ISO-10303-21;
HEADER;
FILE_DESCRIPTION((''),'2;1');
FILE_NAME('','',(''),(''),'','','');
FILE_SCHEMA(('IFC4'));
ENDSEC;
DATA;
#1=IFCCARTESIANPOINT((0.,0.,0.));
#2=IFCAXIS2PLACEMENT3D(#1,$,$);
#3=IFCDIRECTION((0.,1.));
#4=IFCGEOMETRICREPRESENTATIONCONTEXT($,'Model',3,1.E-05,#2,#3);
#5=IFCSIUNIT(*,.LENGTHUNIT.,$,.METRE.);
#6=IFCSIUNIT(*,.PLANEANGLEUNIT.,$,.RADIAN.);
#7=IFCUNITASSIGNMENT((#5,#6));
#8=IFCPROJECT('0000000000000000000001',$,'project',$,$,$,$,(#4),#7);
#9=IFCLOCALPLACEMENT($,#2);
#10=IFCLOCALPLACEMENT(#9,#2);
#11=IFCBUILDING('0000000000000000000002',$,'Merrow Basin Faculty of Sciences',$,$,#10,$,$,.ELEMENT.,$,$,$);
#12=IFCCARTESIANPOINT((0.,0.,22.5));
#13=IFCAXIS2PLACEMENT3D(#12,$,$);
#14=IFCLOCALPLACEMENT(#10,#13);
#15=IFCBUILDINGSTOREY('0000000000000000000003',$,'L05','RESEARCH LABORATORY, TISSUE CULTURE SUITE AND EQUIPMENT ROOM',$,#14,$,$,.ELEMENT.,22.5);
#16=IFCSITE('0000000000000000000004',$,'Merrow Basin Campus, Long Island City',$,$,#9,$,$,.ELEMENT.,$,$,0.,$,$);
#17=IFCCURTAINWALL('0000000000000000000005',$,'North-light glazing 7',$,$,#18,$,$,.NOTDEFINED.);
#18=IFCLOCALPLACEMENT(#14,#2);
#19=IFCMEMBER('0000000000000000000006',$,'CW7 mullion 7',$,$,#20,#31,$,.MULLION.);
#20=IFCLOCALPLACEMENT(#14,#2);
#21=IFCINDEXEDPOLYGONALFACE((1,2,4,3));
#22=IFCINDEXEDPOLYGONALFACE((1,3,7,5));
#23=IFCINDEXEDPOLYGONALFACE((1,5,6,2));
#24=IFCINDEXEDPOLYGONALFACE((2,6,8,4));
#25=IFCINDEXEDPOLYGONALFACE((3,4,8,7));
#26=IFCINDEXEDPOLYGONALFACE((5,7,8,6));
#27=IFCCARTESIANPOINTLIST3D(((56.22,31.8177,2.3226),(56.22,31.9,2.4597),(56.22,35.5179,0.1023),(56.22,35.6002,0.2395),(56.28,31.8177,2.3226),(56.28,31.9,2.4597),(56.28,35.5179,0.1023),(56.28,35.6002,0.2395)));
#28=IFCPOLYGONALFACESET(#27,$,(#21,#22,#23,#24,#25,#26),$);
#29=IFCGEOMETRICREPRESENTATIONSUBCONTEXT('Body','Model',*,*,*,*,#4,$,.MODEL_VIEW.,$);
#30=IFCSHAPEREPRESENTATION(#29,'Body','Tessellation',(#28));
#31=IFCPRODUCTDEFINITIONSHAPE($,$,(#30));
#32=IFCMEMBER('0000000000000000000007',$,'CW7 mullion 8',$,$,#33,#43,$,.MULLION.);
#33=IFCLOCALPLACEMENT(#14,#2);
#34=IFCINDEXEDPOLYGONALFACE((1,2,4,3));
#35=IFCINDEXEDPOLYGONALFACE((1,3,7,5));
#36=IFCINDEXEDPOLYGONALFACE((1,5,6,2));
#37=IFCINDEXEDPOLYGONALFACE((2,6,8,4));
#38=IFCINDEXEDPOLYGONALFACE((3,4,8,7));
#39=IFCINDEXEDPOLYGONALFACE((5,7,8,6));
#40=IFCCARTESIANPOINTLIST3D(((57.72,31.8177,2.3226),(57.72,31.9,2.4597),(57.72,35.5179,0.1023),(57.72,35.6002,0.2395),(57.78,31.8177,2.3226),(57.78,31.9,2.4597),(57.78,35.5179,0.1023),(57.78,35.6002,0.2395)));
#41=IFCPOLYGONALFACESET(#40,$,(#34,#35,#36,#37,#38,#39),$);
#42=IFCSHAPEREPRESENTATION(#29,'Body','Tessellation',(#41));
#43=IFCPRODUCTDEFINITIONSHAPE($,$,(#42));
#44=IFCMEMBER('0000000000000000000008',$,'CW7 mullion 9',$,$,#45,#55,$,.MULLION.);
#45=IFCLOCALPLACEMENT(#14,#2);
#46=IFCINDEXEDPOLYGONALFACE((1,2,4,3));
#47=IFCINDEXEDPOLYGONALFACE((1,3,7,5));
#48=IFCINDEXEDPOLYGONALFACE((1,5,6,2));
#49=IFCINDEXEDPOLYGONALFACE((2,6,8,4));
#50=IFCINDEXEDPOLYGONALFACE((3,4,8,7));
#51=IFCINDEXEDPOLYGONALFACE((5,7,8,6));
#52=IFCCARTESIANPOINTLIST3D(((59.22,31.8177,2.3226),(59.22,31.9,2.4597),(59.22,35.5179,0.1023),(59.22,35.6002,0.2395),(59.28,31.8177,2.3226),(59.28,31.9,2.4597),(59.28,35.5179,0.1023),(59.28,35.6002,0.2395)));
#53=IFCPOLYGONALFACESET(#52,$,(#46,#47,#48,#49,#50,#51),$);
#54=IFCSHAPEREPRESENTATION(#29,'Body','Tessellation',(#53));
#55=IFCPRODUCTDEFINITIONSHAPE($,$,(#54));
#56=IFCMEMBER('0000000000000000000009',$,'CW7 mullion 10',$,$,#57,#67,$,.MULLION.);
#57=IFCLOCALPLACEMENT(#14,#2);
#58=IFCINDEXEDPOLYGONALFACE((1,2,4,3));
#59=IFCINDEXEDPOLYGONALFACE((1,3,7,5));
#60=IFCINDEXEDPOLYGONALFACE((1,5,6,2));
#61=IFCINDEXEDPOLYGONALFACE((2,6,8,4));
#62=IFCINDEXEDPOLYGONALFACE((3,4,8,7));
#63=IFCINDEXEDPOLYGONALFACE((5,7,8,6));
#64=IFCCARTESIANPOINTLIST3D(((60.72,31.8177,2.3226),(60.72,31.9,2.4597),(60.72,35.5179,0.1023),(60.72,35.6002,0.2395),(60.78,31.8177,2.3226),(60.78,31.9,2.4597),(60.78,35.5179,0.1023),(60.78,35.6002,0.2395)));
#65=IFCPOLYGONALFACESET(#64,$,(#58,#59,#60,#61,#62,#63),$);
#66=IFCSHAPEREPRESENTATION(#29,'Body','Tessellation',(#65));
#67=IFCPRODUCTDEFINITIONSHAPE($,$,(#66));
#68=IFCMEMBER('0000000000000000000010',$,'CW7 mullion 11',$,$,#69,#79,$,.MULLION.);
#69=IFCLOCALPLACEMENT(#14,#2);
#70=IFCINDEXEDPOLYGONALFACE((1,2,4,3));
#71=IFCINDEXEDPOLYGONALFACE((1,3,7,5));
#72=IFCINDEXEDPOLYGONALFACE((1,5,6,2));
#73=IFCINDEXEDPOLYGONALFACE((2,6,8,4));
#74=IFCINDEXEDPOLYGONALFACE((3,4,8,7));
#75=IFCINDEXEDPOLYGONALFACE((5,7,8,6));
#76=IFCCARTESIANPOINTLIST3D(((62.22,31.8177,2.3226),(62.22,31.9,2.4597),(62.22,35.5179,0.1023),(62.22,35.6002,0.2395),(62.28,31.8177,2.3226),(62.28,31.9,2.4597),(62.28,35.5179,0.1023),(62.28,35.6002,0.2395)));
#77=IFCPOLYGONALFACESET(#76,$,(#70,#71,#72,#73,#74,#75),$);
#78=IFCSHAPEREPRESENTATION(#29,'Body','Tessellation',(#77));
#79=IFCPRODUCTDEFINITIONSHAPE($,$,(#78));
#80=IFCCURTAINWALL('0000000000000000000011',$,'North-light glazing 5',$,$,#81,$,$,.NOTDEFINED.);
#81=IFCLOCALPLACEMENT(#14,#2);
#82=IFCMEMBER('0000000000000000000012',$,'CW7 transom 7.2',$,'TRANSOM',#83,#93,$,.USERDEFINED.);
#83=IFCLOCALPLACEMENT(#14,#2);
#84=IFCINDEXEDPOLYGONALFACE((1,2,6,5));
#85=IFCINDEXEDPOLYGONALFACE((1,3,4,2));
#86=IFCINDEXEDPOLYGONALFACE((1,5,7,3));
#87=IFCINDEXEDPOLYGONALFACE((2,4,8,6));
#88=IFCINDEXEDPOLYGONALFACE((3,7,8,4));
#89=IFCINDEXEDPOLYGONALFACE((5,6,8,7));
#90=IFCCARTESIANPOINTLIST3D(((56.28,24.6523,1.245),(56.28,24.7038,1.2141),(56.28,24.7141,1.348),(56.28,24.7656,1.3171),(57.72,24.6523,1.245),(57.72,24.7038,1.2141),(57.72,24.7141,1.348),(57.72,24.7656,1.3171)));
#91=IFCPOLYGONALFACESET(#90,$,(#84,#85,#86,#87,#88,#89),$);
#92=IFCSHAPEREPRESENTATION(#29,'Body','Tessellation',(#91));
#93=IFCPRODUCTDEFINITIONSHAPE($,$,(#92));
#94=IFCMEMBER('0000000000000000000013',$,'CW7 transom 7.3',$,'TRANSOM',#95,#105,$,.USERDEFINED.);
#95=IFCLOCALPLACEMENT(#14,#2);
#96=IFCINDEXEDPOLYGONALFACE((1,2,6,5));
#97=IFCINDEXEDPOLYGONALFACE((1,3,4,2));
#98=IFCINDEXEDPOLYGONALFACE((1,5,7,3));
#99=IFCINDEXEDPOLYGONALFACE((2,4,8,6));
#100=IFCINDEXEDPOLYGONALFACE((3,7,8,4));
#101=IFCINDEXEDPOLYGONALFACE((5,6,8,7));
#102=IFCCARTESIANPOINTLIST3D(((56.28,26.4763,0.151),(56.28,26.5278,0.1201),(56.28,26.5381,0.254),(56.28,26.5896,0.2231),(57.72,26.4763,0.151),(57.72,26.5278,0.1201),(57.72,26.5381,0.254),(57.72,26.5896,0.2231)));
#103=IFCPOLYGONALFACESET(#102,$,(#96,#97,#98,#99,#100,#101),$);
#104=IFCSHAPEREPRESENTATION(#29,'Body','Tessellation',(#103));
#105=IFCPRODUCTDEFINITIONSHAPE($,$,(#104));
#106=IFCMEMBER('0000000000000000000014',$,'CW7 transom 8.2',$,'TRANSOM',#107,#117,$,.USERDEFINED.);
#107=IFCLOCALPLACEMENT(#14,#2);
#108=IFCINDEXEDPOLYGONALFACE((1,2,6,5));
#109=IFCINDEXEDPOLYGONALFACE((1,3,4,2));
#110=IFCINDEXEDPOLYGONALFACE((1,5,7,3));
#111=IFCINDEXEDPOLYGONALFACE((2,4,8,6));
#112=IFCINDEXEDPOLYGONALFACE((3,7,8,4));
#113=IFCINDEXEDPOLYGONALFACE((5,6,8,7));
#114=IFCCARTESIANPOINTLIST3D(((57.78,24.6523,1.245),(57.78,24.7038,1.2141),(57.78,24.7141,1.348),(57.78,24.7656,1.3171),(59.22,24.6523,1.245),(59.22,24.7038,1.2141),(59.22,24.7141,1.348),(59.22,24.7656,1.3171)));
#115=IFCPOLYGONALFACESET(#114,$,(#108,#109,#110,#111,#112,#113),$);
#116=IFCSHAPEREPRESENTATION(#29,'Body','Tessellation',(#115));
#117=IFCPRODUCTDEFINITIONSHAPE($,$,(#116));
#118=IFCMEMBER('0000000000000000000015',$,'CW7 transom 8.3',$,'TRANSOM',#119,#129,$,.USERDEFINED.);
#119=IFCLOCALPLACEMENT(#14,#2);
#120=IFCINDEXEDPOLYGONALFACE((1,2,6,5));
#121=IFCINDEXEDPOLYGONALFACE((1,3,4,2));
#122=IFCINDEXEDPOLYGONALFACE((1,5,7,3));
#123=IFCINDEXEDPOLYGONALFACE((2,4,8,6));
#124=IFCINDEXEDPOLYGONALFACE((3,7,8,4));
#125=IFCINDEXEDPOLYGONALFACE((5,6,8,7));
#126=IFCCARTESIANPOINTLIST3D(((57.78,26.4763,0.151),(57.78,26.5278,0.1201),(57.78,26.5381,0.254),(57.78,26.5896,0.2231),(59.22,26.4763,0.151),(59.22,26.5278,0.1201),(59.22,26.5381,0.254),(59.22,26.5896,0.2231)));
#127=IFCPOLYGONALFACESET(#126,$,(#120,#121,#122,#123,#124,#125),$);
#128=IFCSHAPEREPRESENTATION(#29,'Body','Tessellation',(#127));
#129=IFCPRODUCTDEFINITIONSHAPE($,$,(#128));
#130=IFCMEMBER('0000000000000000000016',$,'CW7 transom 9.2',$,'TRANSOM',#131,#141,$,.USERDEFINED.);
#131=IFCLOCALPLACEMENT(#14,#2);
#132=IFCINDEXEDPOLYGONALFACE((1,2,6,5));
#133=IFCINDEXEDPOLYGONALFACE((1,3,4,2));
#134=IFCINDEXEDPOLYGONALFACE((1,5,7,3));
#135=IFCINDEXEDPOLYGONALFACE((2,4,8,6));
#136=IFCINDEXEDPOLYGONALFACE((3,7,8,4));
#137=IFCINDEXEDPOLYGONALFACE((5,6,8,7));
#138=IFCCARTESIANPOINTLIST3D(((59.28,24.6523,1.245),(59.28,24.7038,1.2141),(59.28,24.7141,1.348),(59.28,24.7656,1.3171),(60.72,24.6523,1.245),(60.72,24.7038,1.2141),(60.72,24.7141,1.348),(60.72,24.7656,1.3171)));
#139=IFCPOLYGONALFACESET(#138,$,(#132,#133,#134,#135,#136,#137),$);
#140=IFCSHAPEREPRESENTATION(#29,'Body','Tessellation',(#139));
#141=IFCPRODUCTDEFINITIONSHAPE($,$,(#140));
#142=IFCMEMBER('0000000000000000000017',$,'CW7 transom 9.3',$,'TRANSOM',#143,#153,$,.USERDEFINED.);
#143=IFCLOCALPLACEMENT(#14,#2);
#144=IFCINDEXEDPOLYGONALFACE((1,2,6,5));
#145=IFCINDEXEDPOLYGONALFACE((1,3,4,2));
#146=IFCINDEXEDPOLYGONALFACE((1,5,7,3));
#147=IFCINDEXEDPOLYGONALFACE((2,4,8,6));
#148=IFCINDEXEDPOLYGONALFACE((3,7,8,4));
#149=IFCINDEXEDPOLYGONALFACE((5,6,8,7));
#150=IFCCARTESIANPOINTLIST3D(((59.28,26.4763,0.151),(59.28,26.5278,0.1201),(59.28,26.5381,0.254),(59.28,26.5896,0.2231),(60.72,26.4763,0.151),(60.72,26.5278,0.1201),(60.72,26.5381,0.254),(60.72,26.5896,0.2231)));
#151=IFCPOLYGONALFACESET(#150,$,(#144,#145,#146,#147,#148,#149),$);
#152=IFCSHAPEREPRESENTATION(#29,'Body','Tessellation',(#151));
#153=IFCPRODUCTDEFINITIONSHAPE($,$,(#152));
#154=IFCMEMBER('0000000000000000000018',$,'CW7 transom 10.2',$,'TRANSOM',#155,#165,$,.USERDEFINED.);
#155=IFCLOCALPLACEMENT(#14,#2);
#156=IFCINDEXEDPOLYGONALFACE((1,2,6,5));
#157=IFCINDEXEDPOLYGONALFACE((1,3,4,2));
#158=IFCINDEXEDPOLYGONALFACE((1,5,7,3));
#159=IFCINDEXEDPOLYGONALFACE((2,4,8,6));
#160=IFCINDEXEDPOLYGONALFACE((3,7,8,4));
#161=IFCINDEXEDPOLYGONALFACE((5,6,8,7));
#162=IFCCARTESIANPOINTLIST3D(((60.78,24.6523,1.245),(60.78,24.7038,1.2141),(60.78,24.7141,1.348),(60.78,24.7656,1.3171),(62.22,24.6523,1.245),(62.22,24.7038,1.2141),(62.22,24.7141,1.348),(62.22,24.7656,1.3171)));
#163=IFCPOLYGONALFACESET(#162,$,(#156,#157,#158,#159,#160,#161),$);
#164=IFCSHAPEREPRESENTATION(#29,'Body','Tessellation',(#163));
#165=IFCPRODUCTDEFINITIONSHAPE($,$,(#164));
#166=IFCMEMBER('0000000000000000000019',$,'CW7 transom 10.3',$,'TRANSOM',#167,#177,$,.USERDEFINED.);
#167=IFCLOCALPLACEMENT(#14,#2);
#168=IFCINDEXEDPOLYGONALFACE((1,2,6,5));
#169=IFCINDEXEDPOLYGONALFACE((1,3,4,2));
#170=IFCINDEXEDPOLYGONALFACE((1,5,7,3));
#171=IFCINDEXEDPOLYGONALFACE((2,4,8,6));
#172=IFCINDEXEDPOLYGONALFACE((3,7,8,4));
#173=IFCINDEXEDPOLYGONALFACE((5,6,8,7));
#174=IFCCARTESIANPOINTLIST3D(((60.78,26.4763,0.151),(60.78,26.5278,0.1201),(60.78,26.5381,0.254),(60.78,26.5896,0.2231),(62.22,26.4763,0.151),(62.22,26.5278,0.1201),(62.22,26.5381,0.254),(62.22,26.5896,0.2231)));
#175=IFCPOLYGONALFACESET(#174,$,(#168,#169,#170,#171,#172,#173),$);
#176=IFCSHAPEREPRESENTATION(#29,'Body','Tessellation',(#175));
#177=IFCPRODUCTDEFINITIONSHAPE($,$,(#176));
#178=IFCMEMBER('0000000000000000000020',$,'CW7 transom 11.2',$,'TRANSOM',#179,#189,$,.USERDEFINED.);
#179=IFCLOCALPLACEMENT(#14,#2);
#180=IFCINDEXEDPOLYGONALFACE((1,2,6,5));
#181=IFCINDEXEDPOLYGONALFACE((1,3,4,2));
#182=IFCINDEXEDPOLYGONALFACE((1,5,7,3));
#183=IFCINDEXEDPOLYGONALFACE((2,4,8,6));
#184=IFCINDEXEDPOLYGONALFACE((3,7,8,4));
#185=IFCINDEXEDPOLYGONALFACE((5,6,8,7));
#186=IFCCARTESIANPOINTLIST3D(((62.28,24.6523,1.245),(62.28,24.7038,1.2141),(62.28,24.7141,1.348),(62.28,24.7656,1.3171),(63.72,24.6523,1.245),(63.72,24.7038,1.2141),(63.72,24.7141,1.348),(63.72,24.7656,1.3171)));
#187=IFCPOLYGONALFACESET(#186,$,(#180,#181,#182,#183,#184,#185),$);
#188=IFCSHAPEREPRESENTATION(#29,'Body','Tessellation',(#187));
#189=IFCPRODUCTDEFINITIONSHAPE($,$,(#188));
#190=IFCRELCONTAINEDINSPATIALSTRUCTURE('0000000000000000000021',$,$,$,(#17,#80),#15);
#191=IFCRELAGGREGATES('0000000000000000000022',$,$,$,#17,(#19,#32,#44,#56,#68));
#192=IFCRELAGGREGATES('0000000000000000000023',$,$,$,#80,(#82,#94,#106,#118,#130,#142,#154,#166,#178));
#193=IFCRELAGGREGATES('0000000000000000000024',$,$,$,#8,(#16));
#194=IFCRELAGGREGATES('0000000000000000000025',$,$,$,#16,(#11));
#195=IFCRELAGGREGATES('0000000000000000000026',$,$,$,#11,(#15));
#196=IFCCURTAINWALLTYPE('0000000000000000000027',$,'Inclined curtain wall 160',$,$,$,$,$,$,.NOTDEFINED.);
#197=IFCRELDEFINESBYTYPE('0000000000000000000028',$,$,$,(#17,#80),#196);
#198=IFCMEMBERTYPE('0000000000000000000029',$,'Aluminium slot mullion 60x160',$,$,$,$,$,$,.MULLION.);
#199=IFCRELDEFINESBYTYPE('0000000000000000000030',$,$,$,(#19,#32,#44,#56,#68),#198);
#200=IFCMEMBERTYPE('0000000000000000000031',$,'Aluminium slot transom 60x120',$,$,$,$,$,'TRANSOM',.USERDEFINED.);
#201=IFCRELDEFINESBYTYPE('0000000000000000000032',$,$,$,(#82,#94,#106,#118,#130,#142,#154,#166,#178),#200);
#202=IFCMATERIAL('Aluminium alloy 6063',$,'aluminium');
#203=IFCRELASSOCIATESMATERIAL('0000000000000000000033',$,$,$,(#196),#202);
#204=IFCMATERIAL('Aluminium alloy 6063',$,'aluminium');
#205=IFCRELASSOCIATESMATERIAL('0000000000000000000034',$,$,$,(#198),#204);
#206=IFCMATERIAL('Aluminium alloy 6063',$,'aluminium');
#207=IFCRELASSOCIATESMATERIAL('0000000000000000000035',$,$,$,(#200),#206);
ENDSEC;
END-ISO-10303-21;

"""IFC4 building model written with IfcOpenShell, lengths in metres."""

from ifc_helpers import new_model, si_unit, direction, frame, origin, origin_2d, place, context, subcontext, project, spatial, rectangle, extrude, material, material_profile, profile_set, type_object, element, aggregate, save


model = new_model("IFC4")

# Units and contexts
model_context = context("Model", 3, precision=1e-05, world=origin(), true_north=direction((0.0, 1.0)))
body_context = subcontext(model_context, "Body", "Model", "MODEL_VIEW")
ifc_project = project(units=[si_unit("LENGTHUNIT", "METRE"), si_unit("PLANEANGLEUNIT", "RADIAN")], contexts=[model_context])

# Site, building, storey
site_placement = place(None, origin())
site = spatial("IfcSite", under=ifc_project, at=site_placement, Name="Merrow Basin Campus, Long Island City", CompositionType="ELEMENT", RefElevation=0.0)
building_placement = place(site_placement, origin())
building = spatial("IfcBuilding", under=site, at=building_placement, Name="Merrow Basin Faculty of Sciences", CompositionType="ELEMENT")
storey_placement = place(building_placement, frame((0.0, 0.0, 22.5)))
storey = spatial("IfcBuildingStorey", under=building, at=storey_placement, Name="L05", Description="RESEARCH LABORATORY, TISSUE CULTURE SUITE AND EQUIPMENT ROOM", CompositionType="ELEMENT", Elevation=22.5)

# Curtain wall, members
ifc_material_1 = material(Name="Aluminium alloy 6063", Category="aluminium")
curtain_wall_type = type_object("IfcCurtainWallType", Name="Inclined curtain wall 160", PredefinedType="NOTDEFINED", material=ifc_material_1)
curtain_wall_1_placement = place(storey_placement, origin())
curtain_wall_1 = element("IfcCurtainWall", 1, at=curtain_wall_1_placement, inside=storey, type_object=curtain_wall_type, Name="North-light glazing 7", PredefinedType="NOTDEFINED")
ifc_material_2 = material(Name="Aluminium alloy 6063", Category="aluminium")
ifc_material_profile_1 = material_profile(ifc_material_2, rectangle(XDim=0.0601, YDim=0.1599, at=origin_2d()))
ifc_profile_set_1 = profile_set([ifc_material_profile_1], Name="Aluminium alloy 6063")
member_type_1 = type_object("IfcMemberType", Name="Aluminium slot mullion 60x160", PredefinedType="MULLION", material=ifc_profile_set_1)
member_1_placement = place(storey_placement, frame((56.25, 31.8589, 2.3911), z_axis=(0.0, 0.857483, -0.514512), x_axis=(-1.0, 0.0, 0.0)))
member_1 = element("IfcMember", 2, at=member_1_placement, type_object=member_type_1, Name="CW7 mullion 7", PredefinedType="MULLION", context=body_context, shape_type="SweptSolid", body=[
    extrude(rectangle(XDim=0.0601, YDim=0.1599, at=origin_2d()), origin(), (0.0, 0.0, 1.0), 4.3152),
])
member_2_placement = place(storey_placement, frame((57.75, 31.8589, 2.3911), z_axis=(0.0, 0.857483, -0.514512), x_axis=(-1.0, 0.0, 0.0)))
member_2 = element("IfcMember", 3, at=member_2_placement, type_object=member_type_1, Name="CW7 mullion 8", PredefinedType="MULLION", context=body_context, shape_type="SweptSolid", body=[
    extrude(rectangle(XDim=0.0601, YDim=0.1599, at=origin_2d()), origin(), (0.0, 0.0, 1.0), 4.3152),
])
member_3_placement = place(storey_placement, frame((59.25, 31.8589, 2.3911), z_axis=(0.0, 0.857483, -0.514512), x_axis=(-1.0, 0.0, 0.0)))
member_3 = element("IfcMember", 4, at=member_3_placement, type_object=member_type_1, Name="CW7 mullion 9", PredefinedType="MULLION", context=body_context, shape_type="SweptSolid", body=[
    extrude(rectangle(XDim=0.0601, YDim=0.1599, at=origin_2d()), origin(), (0.0, 0.0, 1.0), 4.3152),
])
member_4_placement = place(storey_placement, frame((60.75, 31.8589, 2.3911), z_axis=(0.0, 0.857483, -0.514512), x_axis=(-1.0, 0.0, 0.0)))
member_4 = element("IfcMember", 5, at=member_4_placement, type_object=member_type_1, Name="CW7 mullion 10", PredefinedType="MULLION", context=body_context, shape_type="SweptSolid", body=[
    extrude(rectangle(XDim=0.0601, YDim=0.1599, at=origin_2d()), origin(), (0.0, 0.0, 1.0), 4.3152),
])
member_5_placement = place(storey_placement, frame((62.25, 31.8589, 2.3911), z_axis=(0.0, 0.857483, -0.514512), x_axis=(-1.0, 0.0, 0.0)))
member_5 = element("IfcMember", 6, at=member_5_placement, type_object=member_type_1, Name="CW7 mullion 11", PredefinedType="MULLION", context=body_context, shape_type="SweptSolid", body=[
    extrude(rectangle(XDim=0.0601, YDim=0.1599, at=origin_2d()), origin(), (0.0, 0.0, 1.0), 4.3152),
])
aggregate(curtain_wall_1, [member_1, member_2, member_3, member_4, member_5])

# Curtain wall, members
curtain_wall_2_placement = place(storey_placement, origin())
curtain_wall_2 = element("IfcCurtainWall", 7, at=curtain_wall_2_placement, inside=storey, type_object=curtain_wall_type, Name="North-light glazing 5", PredefinedType="NOTDEFINED")
ifc_material_3 = material(Name="Aluminium alloy 6063", Category="aluminium")
ifc_material_profile_2 = material_profile(ifc_material_3, rectangle(XDim=0.0601, YDim=0.1201, at=origin_2d()))
ifc_profile_set_2 = profile_set([ifc_material_profile_2], Name="Aluminium alloy 6063")
member_type_2 = type_object("IfcMemberType", Name="Aluminium slot transom 60x120", ElementType="TRANSOM", PredefinedType="USERDEFINED", material=ifc_profile_set_2)
member_6_placement = place(storey_placement, frame((56.28, 24.709, 1.281), z_axis=(1.0, 0.0, 0.0), x_axis=(0.0, 0.857493, -0.514496)))
member_6 = element("IfcMember", 8, at=member_6_placement, type_object=member_type_2, Name="CW7 transom 7.2", ObjectType="TRANSOM", PredefinedType="USERDEFINED", context=body_context, shape_type="SweptSolid", body=[
    extrude(rectangle(XDim=0.0601, YDim=0.1201, at=origin_2d()), origin(), (0.0, 0.0, 1.0), 1.4399),
])
member_7_placement = place(storey_placement, frame((56.28, 26.533, 0.187), z_axis=(1.0, 0.0, 0.0), x_axis=(0.0, 0.857493, -0.514496)))
member_7 = element("IfcMember", 9, at=member_7_placement, type_object=member_type_2, Name="CW7 transom 7.3", ObjectType="TRANSOM", PredefinedType="USERDEFINED", context=body_context, shape_type="SweptSolid", body=[
    extrude(rectangle(XDim=0.0601, YDim=0.1201, at=origin_2d()), origin(), (0.0, 0.0, 1.0), 1.4399),
])
member_8_placement = place(storey_placement, frame((57.78, 24.709, 1.281), z_axis=(1.0, 0.0, 0.0), x_axis=(0.0, 0.857493, -0.514496)))
member_8 = element("IfcMember", 10, at=member_8_placement, type_object=member_type_2, Name="CW7 transom 8.2", ObjectType="TRANSOM", PredefinedType="USERDEFINED", context=body_context, shape_type="SweptSolid", body=[
    extrude(rectangle(XDim=0.0601, YDim=0.1201, at=origin_2d()), origin(), (0.0, 0.0, 1.0), 1.4399),
])
member_9_placement = place(storey_placement, frame((57.78, 26.533, 0.187), z_axis=(1.0, 0.0, 0.0), x_axis=(0.0, 0.857493, -0.514496)))
member_9 = element("IfcMember", 11, at=member_9_placement, type_object=member_type_2, Name="CW7 transom 8.3", ObjectType="TRANSOM", PredefinedType="USERDEFINED", context=body_context, shape_type="SweptSolid", body=[
    extrude(rectangle(XDim=0.0601, YDim=0.1201, at=origin_2d()), origin(), (0.0, 0.0, 1.0), 1.4399),
])
member_10_placement = place(storey_placement, frame((59.28, 24.709, 1.281), z_axis=(1.0, 0.0, 0.0), x_axis=(0.0, 0.857493, -0.514496)))
member_10 = element("IfcMember", 12, at=member_10_placement, type_object=member_type_2, Name="CW7 transom 9.2", ObjectType="TRANSOM", PredefinedType="USERDEFINED", context=body_context, shape_type="SweptSolid", body=[
    extrude(rectangle(XDim=0.0601, YDim=0.1201, at=origin_2d()), origin(), (0.0, 0.0, 1.0), 1.4399),
])
member_11_placement = place(storey_placement, frame((59.28, 26.533, 0.187), z_axis=(1.0, 0.0, 0.0), x_axis=(0.0, 0.857493, -0.514496)))
member_11 = element("IfcMember", 13, at=member_11_placement, type_object=member_type_2, Name="CW7 transom 9.3", ObjectType="TRANSOM", PredefinedType="USERDEFINED", context=body_context, shape_type="SweptSolid", body=[
    extrude(rectangle(XDim=0.0601, YDim=0.1201, at=origin_2d()), origin(), (0.0, 0.0, 1.0), 1.4399),
])
member_12_placement = place(storey_placement, frame((60.78, 24.709, 1.281), z_axis=(1.0, 0.0, 0.0), x_axis=(0.0, 0.857493, -0.514496)))
member_12 = element("IfcMember", 14, at=member_12_placement, type_object=member_type_2, Name="CW7 transom 10.2", ObjectType="TRANSOM", PredefinedType="USERDEFINED", context=body_context, shape_type="SweptSolid", body=[
    extrude(rectangle(XDim=0.0601, YDim=0.1201, at=origin_2d()), origin(), (0.0, 0.0, 1.0), 1.4399),
])
member_13_placement = place(storey_placement, frame((60.78, 26.533, 0.187), z_axis=(1.0, 0.0, 0.0), x_axis=(0.0, 0.857493, -0.514496)))
member_13 = element("IfcMember", 15, at=member_13_placement, type_object=member_type_2, Name="CW7 transom 10.3", ObjectType="TRANSOM", PredefinedType="USERDEFINED", context=body_context, shape_type="SweptSolid", body=[
    extrude(rectangle(XDim=0.0601, YDim=0.1201, at=origin_2d()), origin(), (0.0, 0.0, 1.0), 1.4399),
])
member_14_placement = place(storey_placement, frame((62.28, 24.709, 1.281), z_axis=(1.0, 0.0, 0.0), x_axis=(0.0, 0.857493, -0.514496)))
member_14 = element("IfcMember", 16, at=member_14_placement, type_object=member_type_2, Name="CW7 transom 11.2", ObjectType="TRANSOM", PredefinedType="USERDEFINED", context=body_context, shape_type="SweptSolid", body=[
    extrude(rectangle(XDim=0.0601, YDim=0.1201, at=origin_2d()), origin(), (0.0, 0.0, 1.0), 1.4399),
])
aggregate(curtain_wall_2, [member_6, member_7, member_8, member_9, member_10, member_11, member_12, member_13, member_14])

save(model, "model.ifc")
